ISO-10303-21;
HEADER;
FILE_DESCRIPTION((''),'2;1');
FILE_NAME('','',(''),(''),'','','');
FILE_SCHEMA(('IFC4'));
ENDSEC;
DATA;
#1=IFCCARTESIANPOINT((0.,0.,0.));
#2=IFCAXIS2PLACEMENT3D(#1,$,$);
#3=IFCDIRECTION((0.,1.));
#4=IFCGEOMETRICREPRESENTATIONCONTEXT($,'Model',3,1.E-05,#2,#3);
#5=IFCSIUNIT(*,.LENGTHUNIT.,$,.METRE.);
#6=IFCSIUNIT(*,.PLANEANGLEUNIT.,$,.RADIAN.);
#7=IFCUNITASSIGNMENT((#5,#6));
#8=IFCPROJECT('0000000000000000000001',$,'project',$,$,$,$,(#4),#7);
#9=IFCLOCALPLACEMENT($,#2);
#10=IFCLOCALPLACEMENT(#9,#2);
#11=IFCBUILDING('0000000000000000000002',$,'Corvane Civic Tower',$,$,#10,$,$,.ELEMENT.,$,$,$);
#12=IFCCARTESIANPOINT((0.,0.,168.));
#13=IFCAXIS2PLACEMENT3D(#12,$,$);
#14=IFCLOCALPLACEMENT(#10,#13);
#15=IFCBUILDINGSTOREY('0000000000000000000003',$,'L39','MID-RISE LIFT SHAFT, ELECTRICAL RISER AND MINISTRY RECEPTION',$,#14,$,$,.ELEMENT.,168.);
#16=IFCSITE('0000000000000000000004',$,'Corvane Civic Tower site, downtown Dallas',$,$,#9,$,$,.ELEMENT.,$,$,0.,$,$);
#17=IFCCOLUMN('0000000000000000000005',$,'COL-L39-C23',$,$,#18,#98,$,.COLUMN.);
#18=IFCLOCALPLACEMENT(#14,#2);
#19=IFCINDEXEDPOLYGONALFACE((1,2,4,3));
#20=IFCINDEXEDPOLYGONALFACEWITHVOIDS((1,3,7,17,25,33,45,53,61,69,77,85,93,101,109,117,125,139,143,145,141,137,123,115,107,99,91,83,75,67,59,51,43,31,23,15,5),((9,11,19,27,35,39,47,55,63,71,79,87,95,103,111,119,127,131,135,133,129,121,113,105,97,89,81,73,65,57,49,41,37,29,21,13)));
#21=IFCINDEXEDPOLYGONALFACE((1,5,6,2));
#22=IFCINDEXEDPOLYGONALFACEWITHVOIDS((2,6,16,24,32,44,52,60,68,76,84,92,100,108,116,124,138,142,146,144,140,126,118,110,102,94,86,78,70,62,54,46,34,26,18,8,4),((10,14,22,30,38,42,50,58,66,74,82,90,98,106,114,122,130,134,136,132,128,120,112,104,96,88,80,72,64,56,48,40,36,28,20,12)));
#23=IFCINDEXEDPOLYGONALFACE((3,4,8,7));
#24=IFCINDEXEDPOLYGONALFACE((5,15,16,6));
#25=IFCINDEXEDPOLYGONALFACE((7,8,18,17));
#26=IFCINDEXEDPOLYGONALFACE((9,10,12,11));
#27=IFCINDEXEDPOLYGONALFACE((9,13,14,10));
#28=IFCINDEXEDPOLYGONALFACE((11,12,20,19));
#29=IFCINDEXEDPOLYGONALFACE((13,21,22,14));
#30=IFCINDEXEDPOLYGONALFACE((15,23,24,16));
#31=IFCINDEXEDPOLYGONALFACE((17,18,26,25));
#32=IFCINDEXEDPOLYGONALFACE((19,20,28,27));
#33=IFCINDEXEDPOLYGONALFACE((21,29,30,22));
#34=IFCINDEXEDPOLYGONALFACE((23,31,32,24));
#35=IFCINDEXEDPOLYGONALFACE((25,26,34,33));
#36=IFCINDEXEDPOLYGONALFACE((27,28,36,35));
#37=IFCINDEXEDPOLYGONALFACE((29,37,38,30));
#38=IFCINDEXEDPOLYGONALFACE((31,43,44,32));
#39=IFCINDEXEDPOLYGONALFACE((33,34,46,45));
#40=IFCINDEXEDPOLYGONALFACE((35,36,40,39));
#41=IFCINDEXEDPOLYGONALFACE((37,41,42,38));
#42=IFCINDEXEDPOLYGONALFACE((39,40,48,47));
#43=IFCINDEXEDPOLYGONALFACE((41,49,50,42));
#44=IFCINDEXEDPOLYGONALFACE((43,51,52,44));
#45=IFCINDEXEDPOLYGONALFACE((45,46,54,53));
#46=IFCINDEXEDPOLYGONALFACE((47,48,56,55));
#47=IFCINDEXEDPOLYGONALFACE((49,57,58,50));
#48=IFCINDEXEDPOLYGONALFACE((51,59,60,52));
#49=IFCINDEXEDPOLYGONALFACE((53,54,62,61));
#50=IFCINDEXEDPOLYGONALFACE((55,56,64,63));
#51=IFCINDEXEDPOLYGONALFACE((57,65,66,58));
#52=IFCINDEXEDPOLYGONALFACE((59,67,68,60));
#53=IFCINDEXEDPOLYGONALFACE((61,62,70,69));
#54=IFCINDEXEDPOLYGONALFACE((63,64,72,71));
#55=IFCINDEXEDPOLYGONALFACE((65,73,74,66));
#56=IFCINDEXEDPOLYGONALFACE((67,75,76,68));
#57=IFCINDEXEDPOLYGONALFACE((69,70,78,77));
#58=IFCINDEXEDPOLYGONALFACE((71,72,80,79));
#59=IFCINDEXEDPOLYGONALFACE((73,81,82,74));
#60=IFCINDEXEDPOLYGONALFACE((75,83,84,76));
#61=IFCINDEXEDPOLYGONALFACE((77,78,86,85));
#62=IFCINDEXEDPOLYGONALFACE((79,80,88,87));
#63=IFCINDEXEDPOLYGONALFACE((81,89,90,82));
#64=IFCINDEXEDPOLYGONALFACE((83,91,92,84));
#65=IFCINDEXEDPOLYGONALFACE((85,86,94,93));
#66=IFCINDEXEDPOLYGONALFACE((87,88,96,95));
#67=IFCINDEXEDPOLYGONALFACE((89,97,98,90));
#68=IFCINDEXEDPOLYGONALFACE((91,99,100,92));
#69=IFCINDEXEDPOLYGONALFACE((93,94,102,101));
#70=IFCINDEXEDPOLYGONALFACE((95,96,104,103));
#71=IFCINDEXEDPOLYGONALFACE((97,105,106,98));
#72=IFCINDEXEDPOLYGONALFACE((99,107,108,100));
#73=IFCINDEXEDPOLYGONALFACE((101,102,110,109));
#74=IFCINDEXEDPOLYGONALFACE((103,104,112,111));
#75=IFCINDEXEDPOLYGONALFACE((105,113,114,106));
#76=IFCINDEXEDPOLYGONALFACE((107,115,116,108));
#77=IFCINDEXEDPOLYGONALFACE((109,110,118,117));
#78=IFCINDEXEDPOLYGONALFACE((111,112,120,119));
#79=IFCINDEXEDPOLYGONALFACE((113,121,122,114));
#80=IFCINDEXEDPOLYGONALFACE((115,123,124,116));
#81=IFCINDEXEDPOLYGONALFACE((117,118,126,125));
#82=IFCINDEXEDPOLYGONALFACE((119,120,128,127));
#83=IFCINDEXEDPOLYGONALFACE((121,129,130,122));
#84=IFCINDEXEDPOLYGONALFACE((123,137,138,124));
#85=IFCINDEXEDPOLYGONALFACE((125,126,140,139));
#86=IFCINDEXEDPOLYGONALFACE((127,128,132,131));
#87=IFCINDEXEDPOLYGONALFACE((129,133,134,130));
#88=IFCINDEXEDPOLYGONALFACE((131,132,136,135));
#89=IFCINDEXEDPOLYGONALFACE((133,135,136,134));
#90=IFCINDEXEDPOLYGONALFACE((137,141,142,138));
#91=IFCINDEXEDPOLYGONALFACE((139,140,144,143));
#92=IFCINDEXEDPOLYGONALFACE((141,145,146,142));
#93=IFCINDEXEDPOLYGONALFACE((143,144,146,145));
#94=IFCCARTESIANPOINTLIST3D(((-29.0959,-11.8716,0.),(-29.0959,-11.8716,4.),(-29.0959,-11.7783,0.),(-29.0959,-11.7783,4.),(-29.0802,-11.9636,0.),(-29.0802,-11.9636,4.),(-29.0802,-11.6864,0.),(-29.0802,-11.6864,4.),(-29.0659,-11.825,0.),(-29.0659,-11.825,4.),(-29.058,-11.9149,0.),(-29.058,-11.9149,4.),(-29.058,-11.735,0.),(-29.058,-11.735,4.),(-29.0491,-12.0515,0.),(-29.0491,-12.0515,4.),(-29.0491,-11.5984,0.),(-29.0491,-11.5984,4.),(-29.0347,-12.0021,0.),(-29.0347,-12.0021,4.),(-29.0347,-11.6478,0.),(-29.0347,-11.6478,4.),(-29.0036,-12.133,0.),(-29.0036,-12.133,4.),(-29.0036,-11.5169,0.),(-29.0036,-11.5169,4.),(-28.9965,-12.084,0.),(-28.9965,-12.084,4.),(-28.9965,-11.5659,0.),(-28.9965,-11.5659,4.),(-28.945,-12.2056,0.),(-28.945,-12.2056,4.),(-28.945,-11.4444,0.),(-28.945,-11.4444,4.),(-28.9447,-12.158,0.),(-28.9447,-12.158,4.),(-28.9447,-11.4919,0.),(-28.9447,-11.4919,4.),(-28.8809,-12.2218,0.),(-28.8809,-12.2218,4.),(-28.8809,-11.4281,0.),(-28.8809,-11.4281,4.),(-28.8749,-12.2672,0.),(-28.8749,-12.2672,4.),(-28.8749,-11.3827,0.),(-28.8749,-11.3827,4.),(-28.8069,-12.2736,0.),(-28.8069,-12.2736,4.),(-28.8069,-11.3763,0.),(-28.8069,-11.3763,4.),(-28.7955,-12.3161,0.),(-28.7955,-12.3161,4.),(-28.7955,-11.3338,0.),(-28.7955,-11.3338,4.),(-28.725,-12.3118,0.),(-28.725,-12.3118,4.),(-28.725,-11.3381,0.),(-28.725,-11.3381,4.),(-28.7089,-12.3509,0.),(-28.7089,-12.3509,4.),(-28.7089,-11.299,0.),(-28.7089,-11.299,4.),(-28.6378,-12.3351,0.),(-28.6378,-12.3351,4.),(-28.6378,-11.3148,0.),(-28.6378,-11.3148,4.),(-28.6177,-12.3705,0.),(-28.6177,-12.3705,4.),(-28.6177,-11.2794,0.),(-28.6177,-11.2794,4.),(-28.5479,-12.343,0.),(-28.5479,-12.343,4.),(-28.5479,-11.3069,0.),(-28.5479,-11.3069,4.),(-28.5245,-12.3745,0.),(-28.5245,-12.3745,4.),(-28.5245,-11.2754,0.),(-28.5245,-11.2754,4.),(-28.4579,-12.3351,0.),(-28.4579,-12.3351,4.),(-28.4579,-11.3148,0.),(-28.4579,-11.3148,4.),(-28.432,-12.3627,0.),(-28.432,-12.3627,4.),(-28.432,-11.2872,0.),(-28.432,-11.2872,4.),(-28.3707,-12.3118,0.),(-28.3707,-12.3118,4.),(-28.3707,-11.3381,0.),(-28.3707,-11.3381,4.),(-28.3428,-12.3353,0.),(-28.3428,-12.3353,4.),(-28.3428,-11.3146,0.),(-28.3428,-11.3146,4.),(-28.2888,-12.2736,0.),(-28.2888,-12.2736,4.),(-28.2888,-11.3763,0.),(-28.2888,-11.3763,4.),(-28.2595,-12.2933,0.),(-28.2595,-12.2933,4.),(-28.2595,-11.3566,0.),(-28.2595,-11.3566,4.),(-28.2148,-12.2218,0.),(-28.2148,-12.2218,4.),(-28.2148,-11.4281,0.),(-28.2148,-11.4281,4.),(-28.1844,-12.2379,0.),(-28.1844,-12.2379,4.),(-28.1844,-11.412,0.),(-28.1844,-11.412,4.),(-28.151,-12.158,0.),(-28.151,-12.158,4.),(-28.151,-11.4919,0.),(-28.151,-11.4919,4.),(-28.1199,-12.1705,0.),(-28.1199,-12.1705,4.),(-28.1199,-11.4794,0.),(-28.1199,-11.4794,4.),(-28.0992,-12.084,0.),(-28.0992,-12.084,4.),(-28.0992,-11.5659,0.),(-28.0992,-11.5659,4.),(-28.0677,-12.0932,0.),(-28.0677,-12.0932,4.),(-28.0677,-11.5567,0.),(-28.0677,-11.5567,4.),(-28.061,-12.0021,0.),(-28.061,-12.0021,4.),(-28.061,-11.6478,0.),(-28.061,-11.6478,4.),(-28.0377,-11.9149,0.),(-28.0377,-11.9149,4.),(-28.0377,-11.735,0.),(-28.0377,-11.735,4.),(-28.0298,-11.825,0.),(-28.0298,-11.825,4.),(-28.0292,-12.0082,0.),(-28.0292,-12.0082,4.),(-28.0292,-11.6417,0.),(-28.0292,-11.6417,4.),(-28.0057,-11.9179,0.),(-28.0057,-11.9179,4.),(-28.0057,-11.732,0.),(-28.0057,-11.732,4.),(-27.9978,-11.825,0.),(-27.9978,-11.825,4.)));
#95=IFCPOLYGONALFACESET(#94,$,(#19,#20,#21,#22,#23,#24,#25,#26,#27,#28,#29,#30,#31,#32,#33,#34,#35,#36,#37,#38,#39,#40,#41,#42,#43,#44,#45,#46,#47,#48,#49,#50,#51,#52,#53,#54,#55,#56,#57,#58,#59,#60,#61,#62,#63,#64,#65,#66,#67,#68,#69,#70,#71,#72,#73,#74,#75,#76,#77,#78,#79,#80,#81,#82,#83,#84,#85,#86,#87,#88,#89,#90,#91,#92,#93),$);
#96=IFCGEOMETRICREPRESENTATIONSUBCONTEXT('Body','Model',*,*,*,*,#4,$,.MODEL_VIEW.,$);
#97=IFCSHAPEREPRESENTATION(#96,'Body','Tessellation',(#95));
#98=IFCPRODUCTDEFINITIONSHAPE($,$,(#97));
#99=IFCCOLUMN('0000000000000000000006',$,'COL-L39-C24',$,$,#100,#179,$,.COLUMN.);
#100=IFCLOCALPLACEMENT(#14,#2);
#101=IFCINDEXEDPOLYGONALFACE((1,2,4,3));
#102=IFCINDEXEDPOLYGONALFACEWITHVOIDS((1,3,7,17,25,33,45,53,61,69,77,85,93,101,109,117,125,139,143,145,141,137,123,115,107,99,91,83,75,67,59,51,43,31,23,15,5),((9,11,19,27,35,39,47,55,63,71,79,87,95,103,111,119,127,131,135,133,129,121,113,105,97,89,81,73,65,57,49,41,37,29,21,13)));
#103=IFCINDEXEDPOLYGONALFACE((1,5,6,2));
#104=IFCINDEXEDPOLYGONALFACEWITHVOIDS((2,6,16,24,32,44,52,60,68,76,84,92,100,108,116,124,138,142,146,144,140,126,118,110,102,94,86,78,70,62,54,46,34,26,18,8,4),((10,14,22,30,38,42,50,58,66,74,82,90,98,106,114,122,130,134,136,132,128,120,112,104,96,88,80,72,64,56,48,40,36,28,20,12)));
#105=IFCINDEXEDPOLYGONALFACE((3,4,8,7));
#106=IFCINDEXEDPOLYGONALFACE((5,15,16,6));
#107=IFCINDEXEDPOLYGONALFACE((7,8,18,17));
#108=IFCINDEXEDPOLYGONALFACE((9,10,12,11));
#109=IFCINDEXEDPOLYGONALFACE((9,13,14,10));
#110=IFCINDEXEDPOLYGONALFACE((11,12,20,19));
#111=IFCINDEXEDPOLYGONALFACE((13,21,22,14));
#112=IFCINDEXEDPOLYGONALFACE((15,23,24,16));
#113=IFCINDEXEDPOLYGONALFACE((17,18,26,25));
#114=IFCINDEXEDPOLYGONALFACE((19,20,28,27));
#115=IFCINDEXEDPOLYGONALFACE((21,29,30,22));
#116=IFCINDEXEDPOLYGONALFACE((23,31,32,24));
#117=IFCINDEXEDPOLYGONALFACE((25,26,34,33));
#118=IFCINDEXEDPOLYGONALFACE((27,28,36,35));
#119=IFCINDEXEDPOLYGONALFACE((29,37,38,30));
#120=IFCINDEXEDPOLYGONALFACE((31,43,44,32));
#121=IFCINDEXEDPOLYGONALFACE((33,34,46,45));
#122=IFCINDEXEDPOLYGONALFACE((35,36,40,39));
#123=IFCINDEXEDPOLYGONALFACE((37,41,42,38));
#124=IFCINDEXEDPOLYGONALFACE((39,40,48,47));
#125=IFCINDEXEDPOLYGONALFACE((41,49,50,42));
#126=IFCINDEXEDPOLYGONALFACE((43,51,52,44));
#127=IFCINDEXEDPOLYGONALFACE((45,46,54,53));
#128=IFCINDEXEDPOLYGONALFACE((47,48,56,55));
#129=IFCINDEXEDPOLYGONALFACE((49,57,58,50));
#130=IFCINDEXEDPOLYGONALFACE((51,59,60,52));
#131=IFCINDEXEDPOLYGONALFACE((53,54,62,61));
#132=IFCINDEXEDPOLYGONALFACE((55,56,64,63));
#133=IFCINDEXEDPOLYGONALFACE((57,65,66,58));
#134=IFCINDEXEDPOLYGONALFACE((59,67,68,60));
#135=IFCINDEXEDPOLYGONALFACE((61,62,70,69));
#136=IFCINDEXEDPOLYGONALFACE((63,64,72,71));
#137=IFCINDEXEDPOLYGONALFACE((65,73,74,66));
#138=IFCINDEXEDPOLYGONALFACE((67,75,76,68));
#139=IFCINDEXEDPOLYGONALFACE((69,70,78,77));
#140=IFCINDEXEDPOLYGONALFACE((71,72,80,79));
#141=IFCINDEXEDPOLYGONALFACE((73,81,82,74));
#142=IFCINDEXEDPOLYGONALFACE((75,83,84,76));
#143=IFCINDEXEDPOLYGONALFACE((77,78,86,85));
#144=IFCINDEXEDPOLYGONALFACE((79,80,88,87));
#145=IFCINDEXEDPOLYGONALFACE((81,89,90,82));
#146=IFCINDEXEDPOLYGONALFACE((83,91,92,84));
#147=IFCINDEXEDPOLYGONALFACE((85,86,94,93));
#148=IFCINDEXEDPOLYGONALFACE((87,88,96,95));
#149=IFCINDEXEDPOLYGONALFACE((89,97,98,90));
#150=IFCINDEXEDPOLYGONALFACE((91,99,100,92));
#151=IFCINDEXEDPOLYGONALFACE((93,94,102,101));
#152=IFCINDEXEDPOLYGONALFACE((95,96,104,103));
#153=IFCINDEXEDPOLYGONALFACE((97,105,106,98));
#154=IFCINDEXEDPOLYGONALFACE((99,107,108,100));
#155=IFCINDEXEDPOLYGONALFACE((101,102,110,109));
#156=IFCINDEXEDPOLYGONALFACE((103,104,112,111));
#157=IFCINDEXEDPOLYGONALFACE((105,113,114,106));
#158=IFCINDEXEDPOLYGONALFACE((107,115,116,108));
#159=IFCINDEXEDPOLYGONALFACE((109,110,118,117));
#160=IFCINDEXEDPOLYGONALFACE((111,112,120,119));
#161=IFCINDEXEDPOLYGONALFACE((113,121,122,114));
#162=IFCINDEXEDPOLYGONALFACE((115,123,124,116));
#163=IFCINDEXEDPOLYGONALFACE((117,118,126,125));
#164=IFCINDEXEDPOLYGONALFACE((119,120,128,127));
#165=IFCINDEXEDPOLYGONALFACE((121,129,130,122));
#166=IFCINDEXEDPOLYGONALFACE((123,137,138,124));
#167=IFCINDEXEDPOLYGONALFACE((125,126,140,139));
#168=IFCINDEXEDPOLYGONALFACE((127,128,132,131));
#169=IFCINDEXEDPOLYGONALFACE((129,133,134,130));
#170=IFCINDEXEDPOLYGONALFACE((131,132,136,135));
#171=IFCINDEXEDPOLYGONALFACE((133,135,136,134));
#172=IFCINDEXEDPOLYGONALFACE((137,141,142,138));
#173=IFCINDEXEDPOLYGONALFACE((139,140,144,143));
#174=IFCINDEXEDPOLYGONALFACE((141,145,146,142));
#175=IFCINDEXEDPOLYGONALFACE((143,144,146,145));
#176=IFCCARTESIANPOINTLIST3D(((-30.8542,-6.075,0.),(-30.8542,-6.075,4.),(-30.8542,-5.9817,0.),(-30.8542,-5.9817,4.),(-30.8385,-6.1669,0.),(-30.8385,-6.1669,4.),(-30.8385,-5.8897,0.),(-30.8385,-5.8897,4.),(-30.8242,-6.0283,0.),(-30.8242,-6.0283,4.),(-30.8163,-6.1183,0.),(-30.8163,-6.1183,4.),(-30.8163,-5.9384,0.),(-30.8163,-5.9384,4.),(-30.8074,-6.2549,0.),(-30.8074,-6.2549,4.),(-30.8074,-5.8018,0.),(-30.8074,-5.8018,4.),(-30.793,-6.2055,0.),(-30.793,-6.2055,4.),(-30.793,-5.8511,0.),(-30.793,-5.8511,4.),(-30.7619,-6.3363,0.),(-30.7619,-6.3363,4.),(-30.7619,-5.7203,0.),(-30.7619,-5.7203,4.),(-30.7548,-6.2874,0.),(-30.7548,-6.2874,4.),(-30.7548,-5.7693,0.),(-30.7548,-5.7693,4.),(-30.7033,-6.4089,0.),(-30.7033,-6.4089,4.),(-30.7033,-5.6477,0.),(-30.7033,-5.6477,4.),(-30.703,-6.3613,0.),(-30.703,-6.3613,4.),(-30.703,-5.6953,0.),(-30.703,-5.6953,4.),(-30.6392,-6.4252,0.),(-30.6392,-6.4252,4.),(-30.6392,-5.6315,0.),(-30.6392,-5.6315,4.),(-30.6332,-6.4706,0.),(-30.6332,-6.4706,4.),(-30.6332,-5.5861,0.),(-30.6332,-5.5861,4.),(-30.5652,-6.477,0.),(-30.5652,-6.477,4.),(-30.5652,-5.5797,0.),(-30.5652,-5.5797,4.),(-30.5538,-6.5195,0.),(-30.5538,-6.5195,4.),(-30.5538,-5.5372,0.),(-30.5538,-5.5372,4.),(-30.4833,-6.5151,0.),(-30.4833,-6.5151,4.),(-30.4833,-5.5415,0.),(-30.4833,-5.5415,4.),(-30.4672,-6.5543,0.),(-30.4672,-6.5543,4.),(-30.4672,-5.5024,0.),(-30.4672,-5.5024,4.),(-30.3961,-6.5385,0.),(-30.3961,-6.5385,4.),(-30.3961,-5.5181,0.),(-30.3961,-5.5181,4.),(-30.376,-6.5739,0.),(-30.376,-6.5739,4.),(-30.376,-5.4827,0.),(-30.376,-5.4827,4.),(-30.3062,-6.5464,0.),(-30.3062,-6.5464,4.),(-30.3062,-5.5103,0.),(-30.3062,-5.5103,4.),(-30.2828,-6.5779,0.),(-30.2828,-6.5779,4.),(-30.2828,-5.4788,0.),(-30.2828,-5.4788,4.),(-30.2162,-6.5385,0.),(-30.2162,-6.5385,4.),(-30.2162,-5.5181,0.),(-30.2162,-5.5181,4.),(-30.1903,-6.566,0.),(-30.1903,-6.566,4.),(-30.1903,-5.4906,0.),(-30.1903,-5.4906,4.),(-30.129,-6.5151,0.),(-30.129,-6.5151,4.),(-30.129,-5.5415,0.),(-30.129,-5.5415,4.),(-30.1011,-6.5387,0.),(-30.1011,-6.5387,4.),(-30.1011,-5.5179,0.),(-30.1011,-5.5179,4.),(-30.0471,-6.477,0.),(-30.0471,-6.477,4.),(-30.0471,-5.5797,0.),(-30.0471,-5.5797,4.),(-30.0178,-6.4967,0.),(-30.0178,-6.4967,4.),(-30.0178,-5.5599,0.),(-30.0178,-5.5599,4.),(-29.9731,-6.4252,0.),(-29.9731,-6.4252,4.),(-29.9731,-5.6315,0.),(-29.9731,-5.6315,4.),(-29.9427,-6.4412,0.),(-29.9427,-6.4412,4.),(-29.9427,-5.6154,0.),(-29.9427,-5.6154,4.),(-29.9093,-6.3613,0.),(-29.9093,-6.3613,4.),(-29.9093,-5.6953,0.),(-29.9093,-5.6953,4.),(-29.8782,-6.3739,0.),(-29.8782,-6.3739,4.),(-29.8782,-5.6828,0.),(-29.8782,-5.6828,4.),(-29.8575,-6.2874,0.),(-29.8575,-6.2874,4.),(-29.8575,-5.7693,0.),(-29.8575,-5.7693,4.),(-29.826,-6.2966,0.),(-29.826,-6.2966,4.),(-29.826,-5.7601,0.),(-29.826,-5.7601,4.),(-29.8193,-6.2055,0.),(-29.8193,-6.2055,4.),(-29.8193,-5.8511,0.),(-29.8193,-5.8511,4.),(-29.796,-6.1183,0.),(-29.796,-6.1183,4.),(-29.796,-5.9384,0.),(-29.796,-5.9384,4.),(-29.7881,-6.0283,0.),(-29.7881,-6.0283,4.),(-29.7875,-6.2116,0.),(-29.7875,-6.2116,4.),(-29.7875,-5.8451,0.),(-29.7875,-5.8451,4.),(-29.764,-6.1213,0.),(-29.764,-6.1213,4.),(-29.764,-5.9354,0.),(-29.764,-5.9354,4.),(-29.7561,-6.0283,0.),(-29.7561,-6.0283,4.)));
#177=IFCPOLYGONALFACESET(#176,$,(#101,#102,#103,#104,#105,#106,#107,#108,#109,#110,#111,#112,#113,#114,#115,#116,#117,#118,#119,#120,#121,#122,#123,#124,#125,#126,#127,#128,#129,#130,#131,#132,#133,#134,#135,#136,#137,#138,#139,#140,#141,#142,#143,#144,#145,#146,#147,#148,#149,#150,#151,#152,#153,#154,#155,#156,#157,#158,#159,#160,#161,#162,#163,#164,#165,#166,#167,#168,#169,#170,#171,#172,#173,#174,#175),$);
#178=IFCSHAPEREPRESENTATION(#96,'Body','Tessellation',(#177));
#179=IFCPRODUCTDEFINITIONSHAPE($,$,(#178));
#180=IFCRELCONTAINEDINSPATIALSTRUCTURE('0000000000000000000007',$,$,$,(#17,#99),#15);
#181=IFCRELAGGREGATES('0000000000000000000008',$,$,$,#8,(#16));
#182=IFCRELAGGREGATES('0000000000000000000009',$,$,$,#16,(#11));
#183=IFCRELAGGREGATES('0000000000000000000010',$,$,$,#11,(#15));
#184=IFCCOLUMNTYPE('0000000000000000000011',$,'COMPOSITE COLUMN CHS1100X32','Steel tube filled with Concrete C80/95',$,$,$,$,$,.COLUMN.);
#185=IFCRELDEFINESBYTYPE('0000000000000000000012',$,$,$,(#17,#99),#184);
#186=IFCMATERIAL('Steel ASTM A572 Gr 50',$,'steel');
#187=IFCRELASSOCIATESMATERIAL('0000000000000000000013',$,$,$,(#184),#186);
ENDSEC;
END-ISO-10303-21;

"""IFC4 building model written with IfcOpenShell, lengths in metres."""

from ifc_helpers import new_model, si_unit, direction, frame, origin, origin_2d, place, context, subcontext, project, spatial, hollow_circle, extrude, material, material_profile, profile_set, type_object, element, save


model = new_model("IFC4")

# Units and contexts
model_context = context("Model", 3, precision=1e-05, world=origin(), true_north=direction((0.0, 1.0)))
body_context = subcontext(model_context, "Body", "Model", "MODEL_VIEW")
ifc_project = project(units=[si_unit("LENGTHUNIT", "METRE"), si_unit("PLANEANGLEUNIT", "RADIAN")], contexts=[model_context])

# Site, building, storey
site_placement = place(None, origin())
site = spatial("IfcSite", under=ifc_project, at=site_placement, Name="Corvane Civic Tower site, downtown Dallas", CompositionType="ELEMENT", RefElevation=0.0)
building_placement = place(site_placement, origin())
building = spatial("IfcBuilding", under=site, at=building_placement, Name="Corvane Civic Tower", CompositionType="ELEMENT")
storey_placement = place(building_placement, frame((0.0, 0.0, 168.0)))
storey = spatial("IfcBuildingStorey", under=building, at=storey_placement, Name="L39", Description="MID-RISE LIFT SHAFT, ELECTRICAL RISER AND MINISTRY RECEPTION", CompositionType="ELEMENT", Elevation=168.0)

# Columns
ifc_material_1 = material(Name="Steel ASTM A572 Gr 50", Category="steel")
ifc_material_profile_1 = material_profile(ifc_material_1, hollow_circle(Radius=0.55, WallThickness=0.032, at=origin_2d()), Name="CHS1100X32")
ifc_profile_set_1 = profile_set([ifc_material_profile_1], Name="Steel ASTM A572 Gr 50")
column_type = type_object("IfcColumnType", Name="COMPOSITE COLUMN CHS1100X32", Description="Steel tube filled with Concrete C80/95", PredefinedType="COLUMN", material=ifc_profile_set_1)
for number, where, z_axis, x_axis, name in (
    (1, (-28.5479, -11.825, 0.0), (0.0, 0.0, 1.0), (1.0, 0.0, 0.0), "COL-L39-C23"),
    (2, (-30.3062, -6.0283, 0.0), (0.0, 0.0, 1.0), (1.0, 0.0, 0.0), "COL-L39-C24"),
):
    element("IfcColumn", number, at=place(storey_placement, frame(where, z_axis=z_axis, x_axis=x_axis)), inside=storey, type_object=column_type, Name=name, PredefinedType="COLUMN", context=body_context, shape_type="SweptSolid", body=[
        extrude(hollow_circle(Radius=0.55, WallThickness=0.032, at=origin_2d()), origin(), (0.0, 0.0, 1.0), 4.0),
    ])

save(model, "model.ifc")
